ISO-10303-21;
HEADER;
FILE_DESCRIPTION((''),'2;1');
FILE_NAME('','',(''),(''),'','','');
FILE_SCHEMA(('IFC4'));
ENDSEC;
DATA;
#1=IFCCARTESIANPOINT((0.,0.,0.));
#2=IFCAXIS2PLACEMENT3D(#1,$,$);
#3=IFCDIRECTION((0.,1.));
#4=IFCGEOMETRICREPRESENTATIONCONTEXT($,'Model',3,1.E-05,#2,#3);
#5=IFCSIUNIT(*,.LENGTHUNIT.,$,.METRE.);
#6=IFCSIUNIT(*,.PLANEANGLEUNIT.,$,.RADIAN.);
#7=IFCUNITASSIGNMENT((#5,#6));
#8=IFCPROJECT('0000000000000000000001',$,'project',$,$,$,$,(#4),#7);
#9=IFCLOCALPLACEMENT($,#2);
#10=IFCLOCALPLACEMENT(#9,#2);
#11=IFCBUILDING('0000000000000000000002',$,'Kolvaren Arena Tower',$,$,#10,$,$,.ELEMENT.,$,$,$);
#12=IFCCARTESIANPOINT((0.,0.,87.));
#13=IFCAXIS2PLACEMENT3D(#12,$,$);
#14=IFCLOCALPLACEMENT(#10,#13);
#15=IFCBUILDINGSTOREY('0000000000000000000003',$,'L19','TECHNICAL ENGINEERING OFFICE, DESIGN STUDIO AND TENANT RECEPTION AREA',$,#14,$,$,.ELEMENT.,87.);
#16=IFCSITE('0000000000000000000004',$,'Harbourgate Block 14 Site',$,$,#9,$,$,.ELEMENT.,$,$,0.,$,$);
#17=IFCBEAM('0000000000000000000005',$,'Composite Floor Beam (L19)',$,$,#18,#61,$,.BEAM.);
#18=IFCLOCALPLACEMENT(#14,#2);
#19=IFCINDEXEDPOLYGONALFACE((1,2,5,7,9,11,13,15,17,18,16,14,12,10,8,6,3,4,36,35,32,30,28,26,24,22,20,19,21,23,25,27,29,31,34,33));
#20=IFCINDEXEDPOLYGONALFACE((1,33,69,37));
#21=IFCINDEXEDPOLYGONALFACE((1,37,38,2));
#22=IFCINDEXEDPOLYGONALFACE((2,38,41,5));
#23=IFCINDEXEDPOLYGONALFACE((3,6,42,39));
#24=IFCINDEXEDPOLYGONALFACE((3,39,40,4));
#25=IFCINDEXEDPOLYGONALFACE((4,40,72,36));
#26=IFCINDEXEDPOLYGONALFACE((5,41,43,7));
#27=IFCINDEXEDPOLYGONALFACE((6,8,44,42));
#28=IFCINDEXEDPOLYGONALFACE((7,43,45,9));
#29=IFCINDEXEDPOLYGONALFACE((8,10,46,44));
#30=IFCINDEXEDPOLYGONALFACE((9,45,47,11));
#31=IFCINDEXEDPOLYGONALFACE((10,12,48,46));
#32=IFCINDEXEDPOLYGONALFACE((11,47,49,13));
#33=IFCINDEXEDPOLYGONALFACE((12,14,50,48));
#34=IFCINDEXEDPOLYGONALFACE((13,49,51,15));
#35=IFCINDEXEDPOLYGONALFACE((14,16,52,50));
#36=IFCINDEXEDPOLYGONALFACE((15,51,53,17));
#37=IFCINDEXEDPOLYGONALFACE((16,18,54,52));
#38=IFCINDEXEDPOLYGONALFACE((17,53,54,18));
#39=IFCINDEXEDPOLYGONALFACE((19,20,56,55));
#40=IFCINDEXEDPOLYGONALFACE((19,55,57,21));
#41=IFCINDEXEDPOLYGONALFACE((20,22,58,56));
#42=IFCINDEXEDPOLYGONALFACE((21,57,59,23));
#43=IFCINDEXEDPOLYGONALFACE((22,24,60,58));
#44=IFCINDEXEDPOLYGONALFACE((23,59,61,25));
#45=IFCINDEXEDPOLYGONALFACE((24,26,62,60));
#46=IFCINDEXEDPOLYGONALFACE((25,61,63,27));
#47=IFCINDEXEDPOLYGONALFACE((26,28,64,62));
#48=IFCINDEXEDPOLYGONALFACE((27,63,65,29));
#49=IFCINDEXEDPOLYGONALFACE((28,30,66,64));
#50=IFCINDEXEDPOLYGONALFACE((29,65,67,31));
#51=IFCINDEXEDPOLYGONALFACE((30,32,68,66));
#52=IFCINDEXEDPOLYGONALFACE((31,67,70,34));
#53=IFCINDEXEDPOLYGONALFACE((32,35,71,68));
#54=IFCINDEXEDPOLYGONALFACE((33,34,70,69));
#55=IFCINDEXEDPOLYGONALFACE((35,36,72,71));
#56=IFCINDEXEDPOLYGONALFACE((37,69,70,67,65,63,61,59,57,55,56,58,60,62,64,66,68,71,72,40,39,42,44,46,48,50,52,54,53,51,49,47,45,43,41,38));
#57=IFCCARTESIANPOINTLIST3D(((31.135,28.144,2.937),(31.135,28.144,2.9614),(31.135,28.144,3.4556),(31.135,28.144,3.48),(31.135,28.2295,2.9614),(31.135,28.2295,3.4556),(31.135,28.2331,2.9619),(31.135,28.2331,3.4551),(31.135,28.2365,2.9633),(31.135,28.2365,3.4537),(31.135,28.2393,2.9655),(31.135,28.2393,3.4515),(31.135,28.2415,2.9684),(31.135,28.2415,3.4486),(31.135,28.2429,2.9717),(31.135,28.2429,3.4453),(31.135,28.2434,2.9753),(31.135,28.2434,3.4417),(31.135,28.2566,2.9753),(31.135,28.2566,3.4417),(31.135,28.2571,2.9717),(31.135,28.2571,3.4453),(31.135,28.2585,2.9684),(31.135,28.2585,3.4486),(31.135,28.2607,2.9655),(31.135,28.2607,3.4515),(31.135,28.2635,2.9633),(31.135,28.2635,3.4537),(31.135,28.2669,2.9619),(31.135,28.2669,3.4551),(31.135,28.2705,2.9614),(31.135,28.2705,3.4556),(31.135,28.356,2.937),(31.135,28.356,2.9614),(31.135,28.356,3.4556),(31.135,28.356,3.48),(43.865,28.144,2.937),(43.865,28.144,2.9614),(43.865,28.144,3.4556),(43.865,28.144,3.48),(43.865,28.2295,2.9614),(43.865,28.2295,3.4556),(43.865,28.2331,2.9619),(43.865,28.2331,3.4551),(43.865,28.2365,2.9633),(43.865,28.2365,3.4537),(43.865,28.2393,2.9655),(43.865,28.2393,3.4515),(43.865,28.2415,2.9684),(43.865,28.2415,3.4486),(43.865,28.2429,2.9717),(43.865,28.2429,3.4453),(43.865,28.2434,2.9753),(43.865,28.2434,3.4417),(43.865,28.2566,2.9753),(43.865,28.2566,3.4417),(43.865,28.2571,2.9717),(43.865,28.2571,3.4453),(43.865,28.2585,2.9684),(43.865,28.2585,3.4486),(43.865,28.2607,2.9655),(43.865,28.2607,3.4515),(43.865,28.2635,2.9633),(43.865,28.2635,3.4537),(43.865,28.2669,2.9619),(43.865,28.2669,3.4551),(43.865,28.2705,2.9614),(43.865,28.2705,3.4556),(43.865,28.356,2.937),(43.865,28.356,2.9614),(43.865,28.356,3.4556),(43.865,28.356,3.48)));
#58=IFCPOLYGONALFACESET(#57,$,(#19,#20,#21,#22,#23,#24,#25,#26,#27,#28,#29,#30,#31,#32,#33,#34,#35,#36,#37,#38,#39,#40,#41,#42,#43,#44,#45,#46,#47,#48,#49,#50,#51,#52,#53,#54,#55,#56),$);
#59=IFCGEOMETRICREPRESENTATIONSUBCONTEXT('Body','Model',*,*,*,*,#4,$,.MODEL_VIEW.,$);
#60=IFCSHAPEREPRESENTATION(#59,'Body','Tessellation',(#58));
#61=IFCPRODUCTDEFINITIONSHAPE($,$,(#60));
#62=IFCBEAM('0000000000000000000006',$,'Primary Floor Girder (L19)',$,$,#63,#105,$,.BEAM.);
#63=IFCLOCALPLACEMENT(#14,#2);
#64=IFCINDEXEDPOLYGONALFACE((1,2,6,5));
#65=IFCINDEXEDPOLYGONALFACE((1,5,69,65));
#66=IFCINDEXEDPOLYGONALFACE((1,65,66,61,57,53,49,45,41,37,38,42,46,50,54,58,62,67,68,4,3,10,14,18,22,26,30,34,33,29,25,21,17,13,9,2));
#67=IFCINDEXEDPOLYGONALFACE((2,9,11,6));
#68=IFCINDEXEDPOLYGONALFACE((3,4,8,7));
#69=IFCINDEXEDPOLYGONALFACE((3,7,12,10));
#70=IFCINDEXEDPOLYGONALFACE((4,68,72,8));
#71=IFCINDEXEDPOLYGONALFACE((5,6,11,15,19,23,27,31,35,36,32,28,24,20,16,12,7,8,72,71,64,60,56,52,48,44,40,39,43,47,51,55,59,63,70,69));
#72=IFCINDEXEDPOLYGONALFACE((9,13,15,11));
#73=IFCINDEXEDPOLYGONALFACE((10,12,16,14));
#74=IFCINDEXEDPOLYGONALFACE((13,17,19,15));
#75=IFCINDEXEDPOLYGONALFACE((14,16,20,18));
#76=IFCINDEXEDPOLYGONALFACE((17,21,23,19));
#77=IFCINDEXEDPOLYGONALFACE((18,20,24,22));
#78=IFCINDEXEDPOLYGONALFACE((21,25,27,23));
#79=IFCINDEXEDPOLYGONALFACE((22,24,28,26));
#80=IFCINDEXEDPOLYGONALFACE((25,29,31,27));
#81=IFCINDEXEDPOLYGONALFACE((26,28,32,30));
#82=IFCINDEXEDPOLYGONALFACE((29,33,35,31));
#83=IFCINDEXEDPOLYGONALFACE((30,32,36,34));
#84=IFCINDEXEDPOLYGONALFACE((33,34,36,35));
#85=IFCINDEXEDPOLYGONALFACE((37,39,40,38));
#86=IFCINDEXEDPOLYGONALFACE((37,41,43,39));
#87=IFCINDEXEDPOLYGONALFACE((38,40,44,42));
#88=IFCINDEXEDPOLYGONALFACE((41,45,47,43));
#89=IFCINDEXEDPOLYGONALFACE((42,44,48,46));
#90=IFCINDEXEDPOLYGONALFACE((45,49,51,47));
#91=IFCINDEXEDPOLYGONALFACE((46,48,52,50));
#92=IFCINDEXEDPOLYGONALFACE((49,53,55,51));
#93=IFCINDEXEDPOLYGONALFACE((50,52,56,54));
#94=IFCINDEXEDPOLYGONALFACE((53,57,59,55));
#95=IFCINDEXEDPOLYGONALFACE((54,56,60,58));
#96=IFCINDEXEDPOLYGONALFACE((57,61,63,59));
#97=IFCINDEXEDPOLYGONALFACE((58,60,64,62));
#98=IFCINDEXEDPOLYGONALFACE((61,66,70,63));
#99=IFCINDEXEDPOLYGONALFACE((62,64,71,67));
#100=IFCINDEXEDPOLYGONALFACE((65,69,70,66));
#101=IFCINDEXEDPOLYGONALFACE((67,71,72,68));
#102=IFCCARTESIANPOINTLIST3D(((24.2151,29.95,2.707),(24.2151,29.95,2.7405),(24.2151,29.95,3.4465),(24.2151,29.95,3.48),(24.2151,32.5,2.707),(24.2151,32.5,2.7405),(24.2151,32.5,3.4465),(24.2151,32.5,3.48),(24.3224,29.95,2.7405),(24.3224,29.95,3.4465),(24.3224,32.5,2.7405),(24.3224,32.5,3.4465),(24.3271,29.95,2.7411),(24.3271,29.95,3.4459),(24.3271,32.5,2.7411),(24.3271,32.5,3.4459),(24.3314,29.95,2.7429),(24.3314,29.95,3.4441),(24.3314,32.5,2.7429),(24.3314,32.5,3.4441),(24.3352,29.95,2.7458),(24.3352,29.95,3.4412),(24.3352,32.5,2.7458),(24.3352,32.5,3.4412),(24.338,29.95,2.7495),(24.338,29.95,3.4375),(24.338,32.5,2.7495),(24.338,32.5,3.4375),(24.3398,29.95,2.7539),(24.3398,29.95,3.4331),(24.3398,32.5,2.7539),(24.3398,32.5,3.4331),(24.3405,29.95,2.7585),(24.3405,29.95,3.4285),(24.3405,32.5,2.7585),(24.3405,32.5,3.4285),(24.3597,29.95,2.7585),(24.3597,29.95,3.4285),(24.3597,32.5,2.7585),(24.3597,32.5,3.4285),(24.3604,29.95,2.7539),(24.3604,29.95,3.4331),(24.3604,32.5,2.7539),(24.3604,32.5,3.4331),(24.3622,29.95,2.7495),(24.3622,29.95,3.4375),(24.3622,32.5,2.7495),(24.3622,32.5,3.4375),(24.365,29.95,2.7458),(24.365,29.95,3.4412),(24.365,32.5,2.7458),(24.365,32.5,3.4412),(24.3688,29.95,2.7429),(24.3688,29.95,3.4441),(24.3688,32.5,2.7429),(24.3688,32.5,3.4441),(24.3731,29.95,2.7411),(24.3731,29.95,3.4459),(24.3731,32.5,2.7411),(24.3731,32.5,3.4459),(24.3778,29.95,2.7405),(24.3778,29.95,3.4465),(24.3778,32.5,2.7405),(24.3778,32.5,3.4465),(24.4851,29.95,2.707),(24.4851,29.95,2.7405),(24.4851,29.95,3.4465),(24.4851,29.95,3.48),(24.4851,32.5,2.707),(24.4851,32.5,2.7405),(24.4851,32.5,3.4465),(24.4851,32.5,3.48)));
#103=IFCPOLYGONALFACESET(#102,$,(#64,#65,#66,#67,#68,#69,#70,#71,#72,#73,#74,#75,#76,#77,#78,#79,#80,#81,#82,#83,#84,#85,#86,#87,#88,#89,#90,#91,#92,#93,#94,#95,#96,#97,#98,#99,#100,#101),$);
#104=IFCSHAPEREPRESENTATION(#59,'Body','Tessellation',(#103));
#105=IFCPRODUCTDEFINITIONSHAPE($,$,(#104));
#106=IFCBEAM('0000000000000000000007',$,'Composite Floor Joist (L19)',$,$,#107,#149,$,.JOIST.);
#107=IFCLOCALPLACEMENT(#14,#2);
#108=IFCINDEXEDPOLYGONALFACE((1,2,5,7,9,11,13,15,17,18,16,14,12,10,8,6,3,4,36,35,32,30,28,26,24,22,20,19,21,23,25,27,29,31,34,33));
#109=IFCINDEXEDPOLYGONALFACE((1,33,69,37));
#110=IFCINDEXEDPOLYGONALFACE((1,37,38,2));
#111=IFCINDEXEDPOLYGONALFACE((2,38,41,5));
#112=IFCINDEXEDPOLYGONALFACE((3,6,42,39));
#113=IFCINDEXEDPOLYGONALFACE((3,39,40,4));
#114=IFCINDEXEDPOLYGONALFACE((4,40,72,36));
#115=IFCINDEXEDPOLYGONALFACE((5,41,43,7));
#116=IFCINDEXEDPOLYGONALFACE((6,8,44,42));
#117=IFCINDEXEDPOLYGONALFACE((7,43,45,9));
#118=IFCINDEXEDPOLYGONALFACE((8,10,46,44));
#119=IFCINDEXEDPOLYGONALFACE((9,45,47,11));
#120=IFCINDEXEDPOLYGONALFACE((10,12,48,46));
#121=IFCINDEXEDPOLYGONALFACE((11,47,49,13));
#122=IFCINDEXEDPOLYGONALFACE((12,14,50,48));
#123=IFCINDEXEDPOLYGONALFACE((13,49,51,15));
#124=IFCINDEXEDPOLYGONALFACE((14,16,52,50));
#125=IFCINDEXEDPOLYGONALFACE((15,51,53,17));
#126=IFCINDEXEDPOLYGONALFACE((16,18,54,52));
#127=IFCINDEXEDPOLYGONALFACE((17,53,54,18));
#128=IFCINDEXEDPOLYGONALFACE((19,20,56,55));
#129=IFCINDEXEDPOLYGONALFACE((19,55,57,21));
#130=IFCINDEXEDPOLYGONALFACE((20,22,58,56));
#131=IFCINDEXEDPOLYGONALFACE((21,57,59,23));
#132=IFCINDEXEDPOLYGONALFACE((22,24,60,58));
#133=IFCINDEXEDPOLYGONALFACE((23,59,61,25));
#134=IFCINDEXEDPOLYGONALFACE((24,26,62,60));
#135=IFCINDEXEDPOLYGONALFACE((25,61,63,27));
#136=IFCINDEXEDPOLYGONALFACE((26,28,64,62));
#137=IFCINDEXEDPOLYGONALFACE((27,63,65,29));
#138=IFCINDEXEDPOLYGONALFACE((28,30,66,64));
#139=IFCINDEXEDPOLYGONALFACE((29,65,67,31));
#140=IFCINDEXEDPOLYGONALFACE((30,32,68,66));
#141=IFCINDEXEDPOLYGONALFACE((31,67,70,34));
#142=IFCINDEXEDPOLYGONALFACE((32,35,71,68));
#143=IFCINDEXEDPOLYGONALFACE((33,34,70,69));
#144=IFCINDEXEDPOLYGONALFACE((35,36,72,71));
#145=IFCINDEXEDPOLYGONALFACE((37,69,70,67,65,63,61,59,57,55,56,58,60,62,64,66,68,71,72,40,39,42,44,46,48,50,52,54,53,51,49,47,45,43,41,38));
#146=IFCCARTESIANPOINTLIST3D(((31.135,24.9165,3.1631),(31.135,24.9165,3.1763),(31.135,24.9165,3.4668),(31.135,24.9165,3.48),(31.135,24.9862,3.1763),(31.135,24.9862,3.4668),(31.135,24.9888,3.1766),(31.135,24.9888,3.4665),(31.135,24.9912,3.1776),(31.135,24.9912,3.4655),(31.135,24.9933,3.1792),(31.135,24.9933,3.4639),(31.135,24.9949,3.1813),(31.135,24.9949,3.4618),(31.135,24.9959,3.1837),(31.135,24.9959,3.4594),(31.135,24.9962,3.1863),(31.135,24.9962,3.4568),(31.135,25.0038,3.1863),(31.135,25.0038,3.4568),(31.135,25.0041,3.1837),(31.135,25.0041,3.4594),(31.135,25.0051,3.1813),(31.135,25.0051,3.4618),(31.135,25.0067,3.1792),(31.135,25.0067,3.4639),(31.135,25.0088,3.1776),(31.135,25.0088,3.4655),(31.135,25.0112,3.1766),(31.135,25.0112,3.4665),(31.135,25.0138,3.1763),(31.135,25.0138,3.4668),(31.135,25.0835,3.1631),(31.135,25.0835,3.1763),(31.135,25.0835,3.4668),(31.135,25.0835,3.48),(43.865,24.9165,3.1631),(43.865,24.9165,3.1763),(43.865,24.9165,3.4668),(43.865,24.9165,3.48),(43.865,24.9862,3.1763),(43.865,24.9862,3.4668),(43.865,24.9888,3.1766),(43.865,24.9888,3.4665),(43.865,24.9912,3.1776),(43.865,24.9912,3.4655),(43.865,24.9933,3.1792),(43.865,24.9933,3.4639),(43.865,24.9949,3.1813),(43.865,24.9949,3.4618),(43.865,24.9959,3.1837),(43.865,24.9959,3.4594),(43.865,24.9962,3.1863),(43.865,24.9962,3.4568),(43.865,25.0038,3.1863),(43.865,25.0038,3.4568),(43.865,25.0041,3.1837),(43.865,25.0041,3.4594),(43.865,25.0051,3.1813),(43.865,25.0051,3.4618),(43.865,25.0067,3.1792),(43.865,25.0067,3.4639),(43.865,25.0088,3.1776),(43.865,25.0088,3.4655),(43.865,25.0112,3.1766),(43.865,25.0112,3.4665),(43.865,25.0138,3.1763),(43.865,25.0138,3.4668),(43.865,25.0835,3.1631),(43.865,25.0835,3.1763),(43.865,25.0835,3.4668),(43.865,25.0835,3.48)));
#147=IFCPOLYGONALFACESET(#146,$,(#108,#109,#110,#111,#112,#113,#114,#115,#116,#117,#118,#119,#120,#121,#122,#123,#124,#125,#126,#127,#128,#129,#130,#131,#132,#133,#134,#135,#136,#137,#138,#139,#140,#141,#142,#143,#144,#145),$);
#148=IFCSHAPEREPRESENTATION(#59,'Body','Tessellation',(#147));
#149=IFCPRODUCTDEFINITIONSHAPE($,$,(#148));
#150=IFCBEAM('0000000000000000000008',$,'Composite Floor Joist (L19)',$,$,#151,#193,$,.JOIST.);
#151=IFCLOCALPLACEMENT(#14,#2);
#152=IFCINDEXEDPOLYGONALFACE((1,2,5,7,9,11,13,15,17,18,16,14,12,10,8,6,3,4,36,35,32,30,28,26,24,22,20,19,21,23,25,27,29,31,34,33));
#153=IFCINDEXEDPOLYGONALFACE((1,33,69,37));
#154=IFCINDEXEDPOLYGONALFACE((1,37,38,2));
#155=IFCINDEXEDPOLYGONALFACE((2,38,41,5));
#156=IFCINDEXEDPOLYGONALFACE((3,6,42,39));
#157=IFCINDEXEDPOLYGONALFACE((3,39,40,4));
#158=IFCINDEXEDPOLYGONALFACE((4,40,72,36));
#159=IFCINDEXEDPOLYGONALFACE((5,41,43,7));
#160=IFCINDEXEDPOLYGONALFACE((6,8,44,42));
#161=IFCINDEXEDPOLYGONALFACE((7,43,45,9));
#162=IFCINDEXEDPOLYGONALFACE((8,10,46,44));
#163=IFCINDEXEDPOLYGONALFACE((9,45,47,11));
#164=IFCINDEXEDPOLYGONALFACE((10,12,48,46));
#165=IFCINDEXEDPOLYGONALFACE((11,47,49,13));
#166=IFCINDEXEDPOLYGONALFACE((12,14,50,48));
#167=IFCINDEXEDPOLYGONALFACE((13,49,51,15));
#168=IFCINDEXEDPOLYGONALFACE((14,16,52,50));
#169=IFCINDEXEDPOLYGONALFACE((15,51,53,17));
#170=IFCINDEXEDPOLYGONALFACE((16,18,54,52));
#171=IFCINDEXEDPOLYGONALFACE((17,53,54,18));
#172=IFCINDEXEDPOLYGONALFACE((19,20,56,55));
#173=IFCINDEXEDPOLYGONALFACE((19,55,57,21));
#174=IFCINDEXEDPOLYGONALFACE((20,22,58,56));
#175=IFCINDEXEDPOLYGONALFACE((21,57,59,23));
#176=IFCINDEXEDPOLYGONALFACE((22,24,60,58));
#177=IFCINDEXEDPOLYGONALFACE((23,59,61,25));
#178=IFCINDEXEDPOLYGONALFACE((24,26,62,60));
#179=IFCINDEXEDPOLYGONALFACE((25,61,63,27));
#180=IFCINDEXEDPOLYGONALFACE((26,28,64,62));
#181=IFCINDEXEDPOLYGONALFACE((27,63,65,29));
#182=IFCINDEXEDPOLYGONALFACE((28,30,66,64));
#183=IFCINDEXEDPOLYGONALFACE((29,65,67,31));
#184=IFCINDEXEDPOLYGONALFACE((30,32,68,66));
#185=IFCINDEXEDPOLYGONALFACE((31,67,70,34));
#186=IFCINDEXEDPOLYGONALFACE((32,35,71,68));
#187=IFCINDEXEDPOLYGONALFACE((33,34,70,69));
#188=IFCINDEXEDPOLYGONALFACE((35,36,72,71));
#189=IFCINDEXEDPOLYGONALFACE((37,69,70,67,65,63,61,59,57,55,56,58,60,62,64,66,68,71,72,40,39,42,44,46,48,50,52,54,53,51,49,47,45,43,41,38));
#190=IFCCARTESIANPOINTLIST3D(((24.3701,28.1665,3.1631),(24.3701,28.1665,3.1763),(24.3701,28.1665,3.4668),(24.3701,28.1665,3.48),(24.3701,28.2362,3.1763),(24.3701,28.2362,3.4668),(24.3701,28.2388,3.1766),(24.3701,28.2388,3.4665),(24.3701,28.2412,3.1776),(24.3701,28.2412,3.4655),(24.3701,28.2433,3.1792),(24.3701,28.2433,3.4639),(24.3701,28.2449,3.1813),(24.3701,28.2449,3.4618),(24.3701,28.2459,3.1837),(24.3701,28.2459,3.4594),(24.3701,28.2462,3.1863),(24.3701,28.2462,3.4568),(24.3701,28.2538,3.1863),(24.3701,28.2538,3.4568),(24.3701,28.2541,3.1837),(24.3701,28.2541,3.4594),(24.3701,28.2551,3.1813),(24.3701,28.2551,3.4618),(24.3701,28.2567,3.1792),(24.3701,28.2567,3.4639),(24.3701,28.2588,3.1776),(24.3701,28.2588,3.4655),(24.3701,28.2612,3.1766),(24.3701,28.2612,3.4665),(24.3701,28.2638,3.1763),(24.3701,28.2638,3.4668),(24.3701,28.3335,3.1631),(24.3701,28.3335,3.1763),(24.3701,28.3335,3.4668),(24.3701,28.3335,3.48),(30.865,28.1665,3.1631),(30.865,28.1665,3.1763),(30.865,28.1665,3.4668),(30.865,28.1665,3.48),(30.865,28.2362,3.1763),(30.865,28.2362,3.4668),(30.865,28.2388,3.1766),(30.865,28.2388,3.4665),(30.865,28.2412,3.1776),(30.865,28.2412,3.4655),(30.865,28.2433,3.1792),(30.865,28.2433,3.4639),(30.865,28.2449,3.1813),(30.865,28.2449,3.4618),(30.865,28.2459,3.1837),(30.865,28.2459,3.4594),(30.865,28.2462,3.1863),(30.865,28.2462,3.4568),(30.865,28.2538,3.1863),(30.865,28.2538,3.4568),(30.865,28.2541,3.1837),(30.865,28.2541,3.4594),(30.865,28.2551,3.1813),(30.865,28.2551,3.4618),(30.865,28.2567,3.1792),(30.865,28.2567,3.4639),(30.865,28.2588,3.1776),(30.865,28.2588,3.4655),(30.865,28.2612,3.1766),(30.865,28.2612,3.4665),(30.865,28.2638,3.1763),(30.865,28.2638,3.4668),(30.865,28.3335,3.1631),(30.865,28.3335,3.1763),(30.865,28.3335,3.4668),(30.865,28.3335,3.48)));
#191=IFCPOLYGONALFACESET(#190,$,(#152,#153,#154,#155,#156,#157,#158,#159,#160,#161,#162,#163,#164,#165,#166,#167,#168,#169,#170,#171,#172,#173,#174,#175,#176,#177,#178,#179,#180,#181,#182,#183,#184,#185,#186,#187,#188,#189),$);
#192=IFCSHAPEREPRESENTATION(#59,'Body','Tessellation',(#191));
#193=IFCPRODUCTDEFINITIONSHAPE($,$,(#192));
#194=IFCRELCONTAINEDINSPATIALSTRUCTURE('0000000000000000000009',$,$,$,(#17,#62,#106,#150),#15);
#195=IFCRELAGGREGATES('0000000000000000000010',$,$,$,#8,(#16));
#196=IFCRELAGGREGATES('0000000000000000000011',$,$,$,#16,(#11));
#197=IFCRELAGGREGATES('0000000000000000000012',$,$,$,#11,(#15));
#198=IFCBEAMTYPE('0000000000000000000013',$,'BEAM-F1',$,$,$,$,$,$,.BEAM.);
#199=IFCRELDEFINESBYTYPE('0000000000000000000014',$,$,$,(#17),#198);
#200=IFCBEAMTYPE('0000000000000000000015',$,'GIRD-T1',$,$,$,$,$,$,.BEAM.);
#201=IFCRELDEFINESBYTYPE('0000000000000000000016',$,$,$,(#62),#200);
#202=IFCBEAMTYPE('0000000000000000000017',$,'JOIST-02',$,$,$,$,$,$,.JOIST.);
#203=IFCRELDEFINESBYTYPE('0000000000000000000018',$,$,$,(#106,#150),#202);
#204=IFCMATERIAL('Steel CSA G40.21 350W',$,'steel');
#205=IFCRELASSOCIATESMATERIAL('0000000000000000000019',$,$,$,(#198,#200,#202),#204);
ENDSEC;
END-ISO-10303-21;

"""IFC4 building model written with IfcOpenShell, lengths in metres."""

from ifc_helpers import new_model, si_unit, direction, frame, origin, origin_2d, place, context, subcontext, project, spatial, i_section, extrude, material, material_profile, profile_set, type_object, element, save


model = new_model("IFC4")

# Units and contexts
model_context = context("Model", 3, precision=1e-05, world=origin(), true_north=direction((0.0, 1.0)))
body_context = subcontext(model_context, "Body", "Model", "MODEL_VIEW")
ifc_project = project(units=[si_unit("LENGTHUNIT", "METRE"), si_unit("PLANEANGLEUNIT", "RADIAN")], contexts=[model_context])

# Site, building, storey
site_placement = place(None, origin())
site = spatial("IfcSite", under=ifc_project, at=site_placement, Name="Harbourgate Block 14 Site", CompositionType="ELEMENT", RefElevation=0.0)
building_placement = place(site_placement, origin())
building = spatial("IfcBuilding", under=site, at=building_placement, Name="Kolvaren Arena Tower", CompositionType="ELEMENT")
storey_placement = place(building_placement, frame((0.0, 0.0, 87.0)))
storey = spatial("IfcBuildingStorey", under=building, at=storey_placement, Name="L19", Description="TECHNICAL ENGINEERING OFFICE, DESIGN STUDIO AND TENANT RECEPTION AREA", CompositionType="ELEMENT", Elevation=87.0)

# Beams
ifc_material_1 = material(Name="Steel CSA G40.21 350W", Category="steel")
ifc_material_profile_1 = material_profile(ifc_material_1, i_section(OverallWidth=0.2119, OverallDepth=0.543, WebThickness=0.0132, FlangeThickness=0.0244, FilletRadius=0.0139, at=origin_2d()), Name="W530x150")
ifc_profile_set_1 = profile_set([ifc_material_profile_1], Name="Steel CSA G40.21 350W")
beam_type_1 = type_object("IfcBeamType", Name="BEAM-F1", PredefinedType="BEAM", material=ifc_profile_set_1)
beam_1_placement = place(storey_placement, frame((31.135, 28.25, 3.2085), z_axis=(1.0, 0.0, 0.0), x_axis=(0.0, 1.0, 0.0)))
element("IfcBeam", 1, at=beam_1_placement, inside=storey, type_object=beam_type_1, Name="Composite Floor Beam (L19)", PredefinedType="BEAM", context=body_context, shape_type="SweptSolid", body=[
    extrude(i_section(OverallWidth=0.2119, OverallDepth=0.543, WebThickness=0.0132, FlangeThickness=0.0244, FilletRadius=0.0139, at=origin_2d()), origin(), (0.0, 0.0, 1.0), 12.73),
])
ifc_material_profile_2 = material_profile(ifc_material_1, i_section(OverallWidth=0.27, OverallDepth=0.7729, WebThickness=0.0193, FlangeThickness=0.0334, FilletRadius=0.0181, at=origin_2d()), Name="W760x257")
ifc_profile_set_2 = profile_set([ifc_material_profile_2], Name="Steel CSA G40.21 350W")
beam_type_2 = type_object("IfcBeamType", Name="GIRD-T1", PredefinedType="BEAM", material=ifc_profile_set_2)
beam_2_placement = place(storey_placement, frame((24.3501, 29.95, 3.0935), z_axis=(0.0, 1.0, 0.0), x_axis=(-1.0, 0.0, 0.0)))
element("IfcBeam", 2, at=beam_2_placement, inside=storey, type_object=beam_type_2, Name="Primary Floor Girder (L19)", PredefinedType="BEAM", context=body_context, shape_type="SweptSolid", body=[
    extrude(i_section(OverallWidth=0.27, OverallDepth=0.7729, WebThickness=0.0193, FlangeThickness=0.0334, FilletRadius=0.0181, at=origin_2d()), origin(), (0.0, 0.0, 1.0), 2.55),
])
ifc_material_profile_3 = material_profile(ifc_material_1, i_section(OverallWidth=0.167, OverallDepth=0.3169, WebThickness=0.0076, FlangeThickness=0.0132, FilletRadius=0.01, at=origin_2d()), Name="W310x52")
ifc_profile_set_3 = profile_set([ifc_material_profile_3], Name="Steel CSA G40.21 350W")
beam_type_3 = type_object("IfcBeamType", Name="JOIST-02", PredefinedType="JOIST", material=ifc_profile_set_3)
beam_3_placement = place(storey_placement, frame((31.135, 25.0, 3.3215), z_axis=(1.0, 0.0, 0.0), x_axis=(0.0, 1.0, 0.0)))
element("IfcBeam", 3, at=beam_3_placement, inside=storey, type_object=beam_type_3, Name="Composite Floor Joist (L19)", PredefinedType="JOIST", context=body_context, shape_type="SweptSolid", body=[
    extrude(i_section(OverallWidth=0.167, OverallDepth=0.3169, WebThickness=0.0076, FlangeThickness=0.0132, FilletRadius=0.01, at=origin_2d()), origin(), (0.0, 0.0, 1.0), 12.73),
])
beam_4_placement = place(storey_placement, frame((24.3701, 28.25, 3.3215), z_axis=(1.0, 0.0, 0.0), x_axis=(0.0, 1.0, 0.0)))
element("IfcBeam", 4, at=beam_4_placement, inside=storey, type_object=beam_type_3, Name="Composite Floor Joist (L19)", PredefinedType="JOIST", context=body_context, shape_type="SweptSolid", body=[
    extrude(i_section(OverallWidth=0.167, OverallDepth=0.3169, WebThickness=0.0076, FlangeThickness=0.0132, FilletRadius=0.01, at=origin_2d()), origin(), (0.0, 0.0, 1.0), 6.4949),
])

save(model, "model.ifc")
